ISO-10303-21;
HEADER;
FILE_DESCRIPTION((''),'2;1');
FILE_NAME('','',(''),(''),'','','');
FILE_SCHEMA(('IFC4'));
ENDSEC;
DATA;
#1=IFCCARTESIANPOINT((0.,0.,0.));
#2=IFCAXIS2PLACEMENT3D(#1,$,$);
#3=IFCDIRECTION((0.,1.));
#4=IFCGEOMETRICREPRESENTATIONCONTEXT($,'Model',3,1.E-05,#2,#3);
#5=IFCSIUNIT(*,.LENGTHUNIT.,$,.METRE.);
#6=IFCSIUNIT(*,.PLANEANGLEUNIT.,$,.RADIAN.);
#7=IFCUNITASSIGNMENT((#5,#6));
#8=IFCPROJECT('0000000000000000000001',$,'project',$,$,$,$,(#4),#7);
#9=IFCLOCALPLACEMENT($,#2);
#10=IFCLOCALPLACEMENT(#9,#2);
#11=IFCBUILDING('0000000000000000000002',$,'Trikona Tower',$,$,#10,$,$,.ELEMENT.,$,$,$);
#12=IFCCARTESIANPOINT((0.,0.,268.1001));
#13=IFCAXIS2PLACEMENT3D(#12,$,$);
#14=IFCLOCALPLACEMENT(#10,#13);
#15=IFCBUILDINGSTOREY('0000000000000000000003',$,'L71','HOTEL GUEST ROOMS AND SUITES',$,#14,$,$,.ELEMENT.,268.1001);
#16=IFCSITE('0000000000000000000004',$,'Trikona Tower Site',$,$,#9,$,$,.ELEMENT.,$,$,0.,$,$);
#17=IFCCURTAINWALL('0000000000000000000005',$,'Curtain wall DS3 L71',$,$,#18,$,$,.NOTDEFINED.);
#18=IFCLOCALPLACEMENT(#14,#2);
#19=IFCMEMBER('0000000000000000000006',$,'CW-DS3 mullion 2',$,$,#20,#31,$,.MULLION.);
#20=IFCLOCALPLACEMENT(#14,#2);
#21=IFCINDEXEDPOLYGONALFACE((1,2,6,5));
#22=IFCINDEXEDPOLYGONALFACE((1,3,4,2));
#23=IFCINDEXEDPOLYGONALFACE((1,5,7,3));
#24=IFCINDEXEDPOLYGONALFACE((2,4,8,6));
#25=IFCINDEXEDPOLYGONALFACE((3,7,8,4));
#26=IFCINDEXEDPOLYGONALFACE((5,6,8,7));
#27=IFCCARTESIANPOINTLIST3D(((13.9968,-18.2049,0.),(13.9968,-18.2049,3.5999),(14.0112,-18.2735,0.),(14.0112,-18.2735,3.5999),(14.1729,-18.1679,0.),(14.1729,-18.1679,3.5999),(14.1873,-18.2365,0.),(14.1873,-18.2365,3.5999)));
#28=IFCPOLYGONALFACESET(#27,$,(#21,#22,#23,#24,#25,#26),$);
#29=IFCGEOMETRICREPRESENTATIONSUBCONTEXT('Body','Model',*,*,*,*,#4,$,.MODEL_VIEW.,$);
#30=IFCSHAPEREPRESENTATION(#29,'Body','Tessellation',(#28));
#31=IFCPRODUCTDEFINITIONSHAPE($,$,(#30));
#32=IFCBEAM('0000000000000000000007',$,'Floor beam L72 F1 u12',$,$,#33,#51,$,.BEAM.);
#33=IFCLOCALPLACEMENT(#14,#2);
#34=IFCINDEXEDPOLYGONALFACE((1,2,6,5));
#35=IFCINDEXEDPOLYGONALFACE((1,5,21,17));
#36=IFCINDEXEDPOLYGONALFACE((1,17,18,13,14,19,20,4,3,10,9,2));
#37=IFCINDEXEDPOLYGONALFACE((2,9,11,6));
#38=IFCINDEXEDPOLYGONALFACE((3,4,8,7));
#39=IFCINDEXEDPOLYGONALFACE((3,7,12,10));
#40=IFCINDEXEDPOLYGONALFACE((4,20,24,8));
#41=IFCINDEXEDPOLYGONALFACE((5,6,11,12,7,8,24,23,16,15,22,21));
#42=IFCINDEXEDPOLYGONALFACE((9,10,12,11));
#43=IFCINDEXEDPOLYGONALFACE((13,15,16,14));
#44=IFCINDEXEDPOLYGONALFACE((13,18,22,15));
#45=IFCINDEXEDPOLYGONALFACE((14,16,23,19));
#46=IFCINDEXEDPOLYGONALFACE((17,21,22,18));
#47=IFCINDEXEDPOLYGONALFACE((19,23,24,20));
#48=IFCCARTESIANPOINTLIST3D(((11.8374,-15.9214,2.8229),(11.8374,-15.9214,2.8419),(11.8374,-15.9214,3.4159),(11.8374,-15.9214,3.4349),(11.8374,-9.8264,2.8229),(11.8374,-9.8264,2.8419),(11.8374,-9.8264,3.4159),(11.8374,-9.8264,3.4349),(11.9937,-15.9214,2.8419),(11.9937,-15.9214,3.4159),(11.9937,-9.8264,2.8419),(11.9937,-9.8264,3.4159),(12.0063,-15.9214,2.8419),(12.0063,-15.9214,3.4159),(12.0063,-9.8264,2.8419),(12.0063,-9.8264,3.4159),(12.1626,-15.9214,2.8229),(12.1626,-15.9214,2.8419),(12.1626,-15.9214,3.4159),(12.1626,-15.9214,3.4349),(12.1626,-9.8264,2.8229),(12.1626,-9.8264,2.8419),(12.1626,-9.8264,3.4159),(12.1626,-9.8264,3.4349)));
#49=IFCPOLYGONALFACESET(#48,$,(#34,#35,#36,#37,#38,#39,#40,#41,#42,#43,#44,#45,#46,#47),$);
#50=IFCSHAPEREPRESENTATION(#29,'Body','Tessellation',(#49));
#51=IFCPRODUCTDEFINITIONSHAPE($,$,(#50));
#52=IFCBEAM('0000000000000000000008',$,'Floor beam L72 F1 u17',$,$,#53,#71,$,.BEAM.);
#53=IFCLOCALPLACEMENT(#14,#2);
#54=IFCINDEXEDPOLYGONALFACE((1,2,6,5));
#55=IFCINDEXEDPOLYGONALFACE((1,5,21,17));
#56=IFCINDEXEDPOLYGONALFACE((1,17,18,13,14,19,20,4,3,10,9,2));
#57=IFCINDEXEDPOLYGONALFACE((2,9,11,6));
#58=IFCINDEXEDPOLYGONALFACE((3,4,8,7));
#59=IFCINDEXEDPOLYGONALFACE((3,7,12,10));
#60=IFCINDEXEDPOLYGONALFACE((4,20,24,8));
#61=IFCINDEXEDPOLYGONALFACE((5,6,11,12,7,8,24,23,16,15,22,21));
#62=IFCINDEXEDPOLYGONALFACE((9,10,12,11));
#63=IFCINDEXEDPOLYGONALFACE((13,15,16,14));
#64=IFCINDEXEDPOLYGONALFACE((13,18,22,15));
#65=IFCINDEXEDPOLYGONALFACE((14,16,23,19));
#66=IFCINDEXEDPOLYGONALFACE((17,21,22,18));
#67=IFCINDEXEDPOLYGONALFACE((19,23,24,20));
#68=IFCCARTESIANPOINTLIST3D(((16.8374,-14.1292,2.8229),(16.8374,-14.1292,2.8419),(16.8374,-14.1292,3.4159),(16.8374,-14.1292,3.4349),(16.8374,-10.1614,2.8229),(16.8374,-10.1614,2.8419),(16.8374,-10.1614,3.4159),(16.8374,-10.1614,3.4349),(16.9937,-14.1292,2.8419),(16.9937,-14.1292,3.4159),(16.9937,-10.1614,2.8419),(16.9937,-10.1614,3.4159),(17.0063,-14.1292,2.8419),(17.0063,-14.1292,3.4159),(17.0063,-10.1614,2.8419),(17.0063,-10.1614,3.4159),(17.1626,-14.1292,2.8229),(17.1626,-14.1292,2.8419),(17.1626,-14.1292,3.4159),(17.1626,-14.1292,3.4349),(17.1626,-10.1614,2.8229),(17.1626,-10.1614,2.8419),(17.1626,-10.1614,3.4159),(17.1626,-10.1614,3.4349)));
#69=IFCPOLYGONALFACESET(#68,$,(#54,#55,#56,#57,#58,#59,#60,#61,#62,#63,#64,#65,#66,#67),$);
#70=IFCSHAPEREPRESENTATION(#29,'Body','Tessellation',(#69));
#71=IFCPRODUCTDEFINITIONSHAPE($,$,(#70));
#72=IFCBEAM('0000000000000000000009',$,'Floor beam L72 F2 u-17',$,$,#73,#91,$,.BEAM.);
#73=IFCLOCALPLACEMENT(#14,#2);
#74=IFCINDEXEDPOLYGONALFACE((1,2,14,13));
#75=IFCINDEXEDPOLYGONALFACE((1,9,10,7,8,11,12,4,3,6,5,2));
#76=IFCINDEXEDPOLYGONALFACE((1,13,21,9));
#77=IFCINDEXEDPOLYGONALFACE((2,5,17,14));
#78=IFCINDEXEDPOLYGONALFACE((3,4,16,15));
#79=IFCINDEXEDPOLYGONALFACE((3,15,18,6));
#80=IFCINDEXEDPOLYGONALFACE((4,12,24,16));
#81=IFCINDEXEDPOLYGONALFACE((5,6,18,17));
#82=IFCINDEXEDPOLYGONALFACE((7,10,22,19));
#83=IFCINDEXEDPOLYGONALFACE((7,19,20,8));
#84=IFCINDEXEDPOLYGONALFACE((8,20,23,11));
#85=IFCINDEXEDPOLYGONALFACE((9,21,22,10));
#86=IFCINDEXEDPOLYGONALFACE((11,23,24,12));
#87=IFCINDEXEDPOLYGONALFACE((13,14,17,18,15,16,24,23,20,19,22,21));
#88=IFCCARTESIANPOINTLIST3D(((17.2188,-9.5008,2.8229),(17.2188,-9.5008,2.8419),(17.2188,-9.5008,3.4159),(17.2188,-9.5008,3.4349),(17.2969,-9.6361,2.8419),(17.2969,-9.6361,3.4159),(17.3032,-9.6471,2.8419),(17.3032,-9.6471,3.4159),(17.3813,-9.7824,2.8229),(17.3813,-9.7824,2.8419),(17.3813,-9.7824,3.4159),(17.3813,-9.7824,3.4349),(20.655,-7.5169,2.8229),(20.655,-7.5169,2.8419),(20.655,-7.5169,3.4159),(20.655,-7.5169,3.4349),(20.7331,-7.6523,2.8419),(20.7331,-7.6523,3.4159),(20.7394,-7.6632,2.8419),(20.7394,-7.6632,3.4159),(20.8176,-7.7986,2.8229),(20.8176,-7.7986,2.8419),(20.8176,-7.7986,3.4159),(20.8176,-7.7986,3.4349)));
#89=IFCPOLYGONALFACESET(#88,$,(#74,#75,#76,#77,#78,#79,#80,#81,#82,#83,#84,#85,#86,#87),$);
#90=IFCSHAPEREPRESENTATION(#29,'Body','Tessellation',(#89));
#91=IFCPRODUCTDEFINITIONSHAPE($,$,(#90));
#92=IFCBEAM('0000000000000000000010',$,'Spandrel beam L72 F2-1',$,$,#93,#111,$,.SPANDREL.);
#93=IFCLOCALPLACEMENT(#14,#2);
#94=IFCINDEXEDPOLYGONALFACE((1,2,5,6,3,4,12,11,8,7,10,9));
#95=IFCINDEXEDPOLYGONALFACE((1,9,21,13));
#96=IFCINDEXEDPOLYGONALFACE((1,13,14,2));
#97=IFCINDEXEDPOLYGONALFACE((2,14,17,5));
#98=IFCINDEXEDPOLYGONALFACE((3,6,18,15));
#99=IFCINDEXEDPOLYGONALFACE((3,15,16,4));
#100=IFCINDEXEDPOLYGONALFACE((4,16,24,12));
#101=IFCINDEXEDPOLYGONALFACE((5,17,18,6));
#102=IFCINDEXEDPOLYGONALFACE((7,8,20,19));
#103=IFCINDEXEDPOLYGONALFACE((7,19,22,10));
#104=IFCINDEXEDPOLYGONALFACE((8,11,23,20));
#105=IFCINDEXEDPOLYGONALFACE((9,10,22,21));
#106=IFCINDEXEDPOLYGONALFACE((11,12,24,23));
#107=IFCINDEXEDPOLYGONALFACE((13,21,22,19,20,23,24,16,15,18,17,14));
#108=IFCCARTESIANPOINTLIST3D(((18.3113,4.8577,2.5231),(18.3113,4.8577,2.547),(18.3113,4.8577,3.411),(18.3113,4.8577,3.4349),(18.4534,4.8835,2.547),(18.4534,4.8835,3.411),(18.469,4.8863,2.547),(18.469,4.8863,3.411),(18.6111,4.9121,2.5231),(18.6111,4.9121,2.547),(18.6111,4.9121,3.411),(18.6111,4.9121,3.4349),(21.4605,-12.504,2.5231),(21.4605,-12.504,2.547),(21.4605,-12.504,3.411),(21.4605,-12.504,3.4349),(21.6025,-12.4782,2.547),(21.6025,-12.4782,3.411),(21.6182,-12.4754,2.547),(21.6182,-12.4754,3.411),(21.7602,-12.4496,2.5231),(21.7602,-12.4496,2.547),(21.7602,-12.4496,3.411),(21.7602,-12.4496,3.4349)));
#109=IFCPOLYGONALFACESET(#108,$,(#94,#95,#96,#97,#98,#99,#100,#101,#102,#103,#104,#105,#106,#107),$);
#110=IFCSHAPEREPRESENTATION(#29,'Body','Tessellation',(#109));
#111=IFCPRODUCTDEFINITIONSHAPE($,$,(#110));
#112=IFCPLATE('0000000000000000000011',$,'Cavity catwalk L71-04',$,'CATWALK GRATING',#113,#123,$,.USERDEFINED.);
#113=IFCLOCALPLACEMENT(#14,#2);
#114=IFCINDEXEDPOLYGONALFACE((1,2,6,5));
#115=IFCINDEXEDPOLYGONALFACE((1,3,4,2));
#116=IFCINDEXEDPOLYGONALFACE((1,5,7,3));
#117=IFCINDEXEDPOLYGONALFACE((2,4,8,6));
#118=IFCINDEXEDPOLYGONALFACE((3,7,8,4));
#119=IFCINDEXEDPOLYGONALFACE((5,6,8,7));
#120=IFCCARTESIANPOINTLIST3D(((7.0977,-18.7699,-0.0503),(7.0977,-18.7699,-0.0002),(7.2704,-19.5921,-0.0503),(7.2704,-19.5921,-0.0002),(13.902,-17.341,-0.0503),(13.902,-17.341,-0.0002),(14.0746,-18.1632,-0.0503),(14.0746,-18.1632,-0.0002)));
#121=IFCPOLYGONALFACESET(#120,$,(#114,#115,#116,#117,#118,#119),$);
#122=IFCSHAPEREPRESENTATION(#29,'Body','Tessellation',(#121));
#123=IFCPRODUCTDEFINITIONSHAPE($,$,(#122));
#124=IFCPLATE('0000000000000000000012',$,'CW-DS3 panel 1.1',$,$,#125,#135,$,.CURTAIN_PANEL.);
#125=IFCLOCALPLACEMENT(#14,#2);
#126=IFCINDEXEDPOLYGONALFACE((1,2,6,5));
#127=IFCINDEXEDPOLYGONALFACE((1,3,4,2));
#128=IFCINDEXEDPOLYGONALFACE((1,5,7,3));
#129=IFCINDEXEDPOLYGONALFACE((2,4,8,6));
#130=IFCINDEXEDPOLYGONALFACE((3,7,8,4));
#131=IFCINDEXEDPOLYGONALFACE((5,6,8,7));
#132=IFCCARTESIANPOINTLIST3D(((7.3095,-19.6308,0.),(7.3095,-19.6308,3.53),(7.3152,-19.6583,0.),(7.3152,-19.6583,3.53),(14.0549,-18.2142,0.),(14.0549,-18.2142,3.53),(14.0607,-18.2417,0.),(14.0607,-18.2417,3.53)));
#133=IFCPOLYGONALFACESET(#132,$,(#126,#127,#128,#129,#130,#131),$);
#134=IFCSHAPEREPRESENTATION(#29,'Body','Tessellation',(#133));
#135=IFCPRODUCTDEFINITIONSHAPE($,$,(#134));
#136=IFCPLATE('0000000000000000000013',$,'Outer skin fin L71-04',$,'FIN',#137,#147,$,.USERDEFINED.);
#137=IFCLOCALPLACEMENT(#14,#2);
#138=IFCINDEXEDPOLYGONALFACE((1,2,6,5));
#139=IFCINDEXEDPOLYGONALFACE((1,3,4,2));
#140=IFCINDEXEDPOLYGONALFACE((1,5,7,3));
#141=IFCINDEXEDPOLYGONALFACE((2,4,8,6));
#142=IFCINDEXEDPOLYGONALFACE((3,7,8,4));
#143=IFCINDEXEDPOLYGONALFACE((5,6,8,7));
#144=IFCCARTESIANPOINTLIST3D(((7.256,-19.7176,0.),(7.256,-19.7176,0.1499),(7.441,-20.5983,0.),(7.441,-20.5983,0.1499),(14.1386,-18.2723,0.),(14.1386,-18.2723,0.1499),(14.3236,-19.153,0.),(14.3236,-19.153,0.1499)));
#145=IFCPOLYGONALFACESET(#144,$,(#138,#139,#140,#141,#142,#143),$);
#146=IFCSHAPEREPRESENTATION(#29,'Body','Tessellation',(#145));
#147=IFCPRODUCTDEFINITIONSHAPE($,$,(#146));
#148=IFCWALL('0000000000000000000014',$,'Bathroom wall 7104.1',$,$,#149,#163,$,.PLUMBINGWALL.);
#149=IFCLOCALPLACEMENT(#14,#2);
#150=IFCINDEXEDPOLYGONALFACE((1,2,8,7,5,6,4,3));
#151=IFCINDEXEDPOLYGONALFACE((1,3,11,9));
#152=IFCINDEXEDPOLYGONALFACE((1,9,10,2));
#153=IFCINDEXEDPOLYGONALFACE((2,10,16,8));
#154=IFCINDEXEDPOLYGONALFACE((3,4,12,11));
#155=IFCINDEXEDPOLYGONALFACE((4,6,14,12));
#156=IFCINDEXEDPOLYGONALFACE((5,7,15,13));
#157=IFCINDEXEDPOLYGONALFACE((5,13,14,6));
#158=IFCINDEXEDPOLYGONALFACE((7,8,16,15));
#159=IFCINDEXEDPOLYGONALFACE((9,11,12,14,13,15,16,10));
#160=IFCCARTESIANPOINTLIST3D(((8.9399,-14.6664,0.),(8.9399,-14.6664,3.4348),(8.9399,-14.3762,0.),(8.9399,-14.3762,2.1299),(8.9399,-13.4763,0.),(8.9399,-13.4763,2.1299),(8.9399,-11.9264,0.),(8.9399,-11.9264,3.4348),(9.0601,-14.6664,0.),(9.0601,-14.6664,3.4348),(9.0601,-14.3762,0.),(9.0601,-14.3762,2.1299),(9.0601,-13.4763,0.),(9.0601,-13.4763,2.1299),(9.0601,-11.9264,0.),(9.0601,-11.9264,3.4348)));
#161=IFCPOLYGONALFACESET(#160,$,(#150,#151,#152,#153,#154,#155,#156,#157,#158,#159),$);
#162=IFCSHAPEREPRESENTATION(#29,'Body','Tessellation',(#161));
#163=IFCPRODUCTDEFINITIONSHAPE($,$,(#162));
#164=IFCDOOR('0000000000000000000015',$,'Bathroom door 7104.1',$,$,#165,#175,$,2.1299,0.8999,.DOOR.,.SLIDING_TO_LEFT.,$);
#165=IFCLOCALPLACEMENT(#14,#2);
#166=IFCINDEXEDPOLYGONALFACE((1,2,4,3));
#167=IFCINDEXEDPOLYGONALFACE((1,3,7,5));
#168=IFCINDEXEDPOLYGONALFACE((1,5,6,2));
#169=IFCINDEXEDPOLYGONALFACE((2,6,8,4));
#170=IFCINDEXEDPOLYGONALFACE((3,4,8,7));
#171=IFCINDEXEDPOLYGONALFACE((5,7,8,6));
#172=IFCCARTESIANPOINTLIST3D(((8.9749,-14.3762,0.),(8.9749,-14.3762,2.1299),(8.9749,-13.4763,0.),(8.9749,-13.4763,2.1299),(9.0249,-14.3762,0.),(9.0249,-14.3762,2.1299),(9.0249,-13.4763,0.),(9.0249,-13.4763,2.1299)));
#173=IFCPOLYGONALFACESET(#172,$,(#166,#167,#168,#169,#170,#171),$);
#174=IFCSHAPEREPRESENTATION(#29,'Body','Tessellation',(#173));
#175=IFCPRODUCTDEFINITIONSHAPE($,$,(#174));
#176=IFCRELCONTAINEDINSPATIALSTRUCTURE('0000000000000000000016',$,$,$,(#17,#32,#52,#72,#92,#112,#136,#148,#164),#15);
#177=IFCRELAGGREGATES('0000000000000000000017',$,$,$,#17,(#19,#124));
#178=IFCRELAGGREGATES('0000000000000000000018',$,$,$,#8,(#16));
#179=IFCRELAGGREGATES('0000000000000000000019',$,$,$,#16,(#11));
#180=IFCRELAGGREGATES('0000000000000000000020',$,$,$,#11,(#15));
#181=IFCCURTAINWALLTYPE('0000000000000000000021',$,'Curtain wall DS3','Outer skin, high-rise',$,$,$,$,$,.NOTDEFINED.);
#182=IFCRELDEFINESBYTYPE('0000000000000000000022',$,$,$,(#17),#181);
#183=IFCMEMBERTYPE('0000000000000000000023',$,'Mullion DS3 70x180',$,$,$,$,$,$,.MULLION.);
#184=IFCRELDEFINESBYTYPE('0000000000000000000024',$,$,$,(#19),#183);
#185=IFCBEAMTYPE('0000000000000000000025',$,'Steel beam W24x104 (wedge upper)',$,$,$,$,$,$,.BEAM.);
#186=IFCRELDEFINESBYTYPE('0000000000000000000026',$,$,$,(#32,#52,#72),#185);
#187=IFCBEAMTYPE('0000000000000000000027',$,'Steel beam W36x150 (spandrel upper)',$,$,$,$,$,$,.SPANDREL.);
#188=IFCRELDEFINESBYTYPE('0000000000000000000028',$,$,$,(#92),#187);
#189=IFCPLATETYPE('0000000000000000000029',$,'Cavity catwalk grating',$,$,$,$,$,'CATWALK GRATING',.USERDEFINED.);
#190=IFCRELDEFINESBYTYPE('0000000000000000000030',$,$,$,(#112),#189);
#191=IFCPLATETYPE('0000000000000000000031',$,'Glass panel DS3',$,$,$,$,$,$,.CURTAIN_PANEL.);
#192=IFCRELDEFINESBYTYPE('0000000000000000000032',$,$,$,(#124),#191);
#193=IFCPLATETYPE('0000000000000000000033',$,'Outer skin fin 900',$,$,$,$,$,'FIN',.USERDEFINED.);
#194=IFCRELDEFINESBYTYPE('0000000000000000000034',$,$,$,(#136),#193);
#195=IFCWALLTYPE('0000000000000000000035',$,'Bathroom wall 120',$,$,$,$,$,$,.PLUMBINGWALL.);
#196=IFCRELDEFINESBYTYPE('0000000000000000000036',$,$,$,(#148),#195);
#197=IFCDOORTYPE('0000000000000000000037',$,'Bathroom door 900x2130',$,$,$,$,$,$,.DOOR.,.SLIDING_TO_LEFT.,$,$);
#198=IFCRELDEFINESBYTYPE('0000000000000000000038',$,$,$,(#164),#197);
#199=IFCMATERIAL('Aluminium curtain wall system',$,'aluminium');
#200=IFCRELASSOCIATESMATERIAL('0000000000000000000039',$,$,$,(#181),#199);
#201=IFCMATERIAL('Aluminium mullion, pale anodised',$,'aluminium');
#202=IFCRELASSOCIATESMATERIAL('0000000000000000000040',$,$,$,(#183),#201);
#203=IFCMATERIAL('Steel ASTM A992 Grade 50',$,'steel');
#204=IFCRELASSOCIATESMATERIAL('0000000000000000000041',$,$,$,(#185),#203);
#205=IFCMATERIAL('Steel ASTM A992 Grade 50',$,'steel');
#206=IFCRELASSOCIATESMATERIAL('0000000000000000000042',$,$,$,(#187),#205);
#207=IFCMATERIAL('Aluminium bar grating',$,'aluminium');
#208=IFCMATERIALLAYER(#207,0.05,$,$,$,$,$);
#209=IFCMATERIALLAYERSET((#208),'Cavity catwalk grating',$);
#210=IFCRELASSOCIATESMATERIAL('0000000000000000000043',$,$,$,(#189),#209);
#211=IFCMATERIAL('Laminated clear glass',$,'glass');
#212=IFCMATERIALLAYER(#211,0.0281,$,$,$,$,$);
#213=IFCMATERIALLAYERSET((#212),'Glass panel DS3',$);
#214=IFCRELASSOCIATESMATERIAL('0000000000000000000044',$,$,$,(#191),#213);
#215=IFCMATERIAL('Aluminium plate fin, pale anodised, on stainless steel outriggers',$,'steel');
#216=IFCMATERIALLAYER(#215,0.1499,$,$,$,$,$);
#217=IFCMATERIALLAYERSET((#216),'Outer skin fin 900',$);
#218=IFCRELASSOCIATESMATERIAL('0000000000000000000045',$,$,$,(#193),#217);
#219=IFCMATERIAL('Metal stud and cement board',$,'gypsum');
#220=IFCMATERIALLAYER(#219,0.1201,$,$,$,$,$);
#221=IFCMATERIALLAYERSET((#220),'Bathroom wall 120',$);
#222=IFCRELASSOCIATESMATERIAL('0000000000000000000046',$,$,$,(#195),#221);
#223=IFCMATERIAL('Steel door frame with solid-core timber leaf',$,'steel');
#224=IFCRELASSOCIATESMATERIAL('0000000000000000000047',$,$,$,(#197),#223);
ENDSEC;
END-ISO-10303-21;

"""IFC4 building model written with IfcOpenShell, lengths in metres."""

from ifc_helpers import new_model, si_unit, direction, frame, frame_2d, origin, origin_2d, place, context, subcontext, project, spatial, rectangle, i_section, extrude, material, layer, layer_set, material_profile, profile_set, type_object, element, fill, aggregate, save


model = new_model("IFC4")

# Units and contexts
model_context = context("Model", 3, precision=1e-05, world=origin(), true_north=direction((0.0, 1.0)))
body_context = subcontext(model_context, "Body", "Model", "MODEL_VIEW")
ifc_project = project(units=[si_unit("LENGTHUNIT", "METRE"), si_unit("PLANEANGLEUNIT", "RADIAN")], contexts=[model_context])

# Site, building, storey
site_placement = place(None, origin())
site = spatial("IfcSite", under=ifc_project, at=site_placement, Name="Trikona Tower Site", CompositionType="ELEMENT", RefElevation=0.0)
building_placement = place(site_placement, origin())
building = spatial("IfcBuilding", under=site, at=building_placement, Name="Trikona Tower", CompositionType="ELEMENT")
storey_placement = place(building_placement, frame((0.0, 0.0, 268.1001)))
storey = spatial("IfcBuildingStorey", under=building, at=storey_placement, Name="L71", Description="HOTEL GUEST ROOMS AND SUITES", CompositionType="ELEMENT", Elevation=268.1001)

# Curtain wall, member
ifc_material_1 = material(Name="Aluminium curtain wall system", Category="aluminium")
curtain_wall_type = type_object("IfcCurtainWallType", Name="Curtain wall DS3", Description="Outer skin, high-rise", PredefinedType="NOTDEFINED", material=ifc_material_1)
curtain_wall_placement = place(storey_placement, origin())
curtain_wall = element("IfcCurtainWall", 1, at=curtain_wall_placement, inside=storey, type_object=curtain_wall_type, Name="Curtain wall DS3 L71", PredefinedType="NOTDEFINED")
ifc_material_2 = material(Name="Aluminium mullion, pale anodised", Category="aluminium")
ifc_material_profile_1 = material_profile(ifc_material_2, rectangle(XDim=0.0701, YDim=0.1799, at=origin_2d()), Name="MUL-DS3")
ifc_profile_set_1 = profile_set([ifc_material_profile_1], Name="Aluminium mullion, pale anodised")
member_type = type_object("IfcMemberType", Name="Mullion DS3 70x180", PredefinedType="MULLION", material=ifc_profile_set_1)
member_placement = place(storey_placement, frame((14.092, -18.2207, 0.0), z_axis=(0.0, 0.0, 1.0), x_axis=(-0.205527, 0.978651, 0.0)))
member = element("IfcMember", 2, at=member_placement, type_object=member_type, Name="CW-DS3 mullion 2", PredefinedType="MULLION", context=body_context, shape_type="SweptSolid", body=[
    extrude(rectangle(XDim=0.0701, YDim=0.1799, at=origin_2d()), origin(), (0.0, 0.0, 1.0), 3.5999),
])

# Beams
ifc_material_3 = material(Name="Steel ASTM A992 Grade 50", Category="steel")
ifc_material_profile_2 = material_profile(ifc_material_3, i_section(OverallWidth=0.3252, OverallDepth=0.6121, WebThickness=0.0127, FlangeThickness=0.019, at=origin_2d()), Name="W24X104")
ifc_profile_set_2 = profile_set([ifc_material_profile_2], Name="Steel ASTM A992 Grade 50")
beam_type_1 = type_object("IfcBeamType", Name="Steel beam W24x104 (wedge upper)", PredefinedType="BEAM", material=ifc_profile_set_2)
beam_1_placement = place(storey_placement, frame((12.0, -9.8264, 3.1289), z_axis=(0.0, -1.0, 0.0), x_axis=(1.0, 0.0, 0.0)))
element("IfcBeam", 3, at=beam_1_placement, inside=storey, type_object=beam_type_1, Name="Floor beam L72 F1 u12", PredefinedType="BEAM", context=body_context, shape_type="SweptSolid", body=[
    extrude(i_section(OverallWidth=0.3252, OverallDepth=0.6121, WebThickness=0.0127, FlangeThickness=0.019, at=origin_2d()), origin(), (0.0, 0.0, 1.0), 6.095),
])
for number, where, z_axis, x_axis, name in (
    (4, (17.0, -10.1614, 3.1289), (0.0, -1.0, 0.0), (1.0, 0.0, 0.0), "Floor beam L72 F1 u17"),
    (5, (17.3, -9.6416, 3.1289), (0.866031, 0.499991, 0.0), (-0.499991, 0.866031, 0.0), "Floor beam L72 F2 u-17"),
):
    element("IfcBeam", number, at=place(storey_placement, frame(where, z_axis=z_axis, x_axis=x_axis)), inside=storey, type_object=beam_type_1, Name=name, PredefinedType="BEAM", context=body_context, shape_type="SweptSolid", body=[
        extrude(i_section(OverallWidth=0.3252, OverallDepth=0.6121, WebThickness=0.0127, FlangeThickness=0.019, at=origin_2d()), origin(), (0.0, 0.0, 1.0), 3.9678),
    ])
ifc_material_4 = material(Name="Steel ASTM A992 Grade 50", Category="steel")
ifc_material_profile_3 = material_profile(ifc_material_4, i_section(OverallWidth=0.3047, OverallDepth=0.9119, WebThickness=0.0159, FlangeThickness=0.0239, at=origin_2d()), Name="W36X150")
ifc_profile_set_3 = profile_set([ifc_material_profile_3], Name="Steel ASTM A992 Grade 50")
beam_type_2 = type_object("IfcBeamType", Name="Steel beam W36x150 (spandrel upper)", PredefinedType="SPANDREL", material=ifc_profile_set_3)
beam_2_placement = place(storey_placement, frame((21.6104, -12.4768, 2.979), z_axis=(-0.178473, 0.983945, 0.0), x_axis=(-0.983945, -0.178473, 0.0)))
element("IfcBeam", 6, at=beam_2_placement, inside=storey, type_object=beam_type_2, Name="Spandrel beam L72 F2-1", PredefinedType="SPANDREL", context=body_context, shape_type="SweptSolid", body=[
    extrude(i_section(OverallWidth=0.3047, OverallDepth=0.9119, WebThickness=0.0159, FlangeThickness=0.0239, at=origin_2d()), origin(), (0.0, 0.0, 1.0), 17.645),
])

# Plates
ifc_material_5 = material(Name="Aluminium bar grating", Category="aluminium")
ifc_layer_1 = layer(ifc_material_5, 0.05)
ifc_layer_set_1 = layer_set([ifc_layer_1], Name="Cavity catwalk grating")
plate_type_1 = type_object("IfcPlateType", Name="Cavity catwalk grating", ElementType="CATWALK GRATING", PredefinedType="USERDEFINED", material=ifc_layer_set_1)
plate_1_placement = place(storey_placement, frame((10.5862, -18.4666, -0.0503), z_axis=(0.0, 0.0, 1.0), x_axis=(0.978653, 0.205518, 0.0)))
element("IfcPlate", 7, at=plate_1_placement, inside=storey, type_object=plate_type_1, Name="Cavity catwalk L71-04", ObjectType="CATWALK GRATING", PredefinedType="USERDEFINED", context=body_context, shape_type="SweptSolid", body=[
    extrude(rectangle(XDim=6.9526, YDim=0.8401, at=origin_2d()), origin(), (0.0, 0.0, 1.0), 0.05),
])
ifc_material_6 = material(Name="Laminated clear glass", Category="glass")
ifc_layer_2 = layer(ifc_material_6, 0.0281)
ifc_layer_set_2 = layer_set([ifc_layer_2], Name="Glass panel DS3")
plate_type_2 = type_object("IfcPlateType", Name="Glass panel DS3", PredefinedType="CURTAIN_PANEL", material=ifc_layer_set_2)
plate_2_placement = place(storey_placement, frame((10.6851, -18.9363, 0.0), z_axis=(0.0, 0.0, 1.0), x_axis=(0.978651, 0.205527, 0.0)))
plate_2 = element("IfcPlate", 8, at=plate_2_placement, type_object=plate_type_2, Name="CW-DS3 panel 1.1", PredefinedType="CURTAIN_PANEL", context=body_context, shape_type="SweptSolid", body=[
    extrude(rectangle(XDim=6.8926, YDim=0.0281, at=origin_2d()), origin(), (0.0, 0.0, 1.0), 3.53),
])
aggregate(curtain_wall, [member, plate_2])
ifc_material_7 = material(Name="Aluminium plate fin, pale anodised, on stainless steel outriggers", Category="steel")
ifc_layer_3 = layer(ifc_material_7, 0.1499)
ifc_layer_set_3 = layer_set([ifc_layer_3], Name="Outer skin fin 900")
plate_type_3 = type_object("IfcPlateType", Name="Outer skin fin 900", ElementType="FIN", PredefinedType="USERDEFINED", material=ifc_layer_set_3)
plate_3_placement = place(storey_placement, frame((10.7898, -19.4353, 0.0), z_axis=(0.0, 0.0, 1.0), x_axis=(0.978653, 0.205518, 0.0)))
element("IfcPlate", 9, at=plate_3_placement, inside=storey, type_object=plate_type_3, Name="Outer skin fin L71-04", ObjectType="FIN", PredefinedType="USERDEFINED", context=body_context, shape_type="SweptSolid", body=[
    extrude(rectangle(XDim=7.0327, YDim=0.8999, at=origin_2d()), origin(), (0.0, 0.0, 1.0), 0.1499),
])

# Wall, opening, door
ifc_material_8 = material(Name="Metal stud and cement board", Category="gypsum")
ifc_layer_4 = layer(ifc_material_8, 0.1201)
ifc_layer_set_4 = layer_set([ifc_layer_4], Name="Bathroom wall 120")
wall_type_1 = type_object("IfcWallType", Name="Bathroom wall 120", PredefinedType="PLUMBINGWALL", material=ifc_layer_set_4)
wall_1_placement = place(storey_placement, frame((9.0, -11.9263, 0.0), z_axis=(0.0, 0.0, 1.0), x_axis=(0.0, -1.0, 0.0)))
wall_1 = element("IfcWall", 10, at=wall_1_placement, inside=storey, type_object=wall_type_1, Name="Bathroom wall 7104.1", PredefinedType="PLUMBINGWALL", context=body_context, shape_type="SweptSolid", body=[
    extrude(rectangle(XDim=2.74, YDim=0.1201, at=frame_2d((1.3701, 0.0))), origin(), (0.0, 0.0, 1.0), 3.4348),
])
opening_1_placement = place(wall_1_placement, frame((1.55, 0.0, 0.0)))
opening_1 = element("IfcOpeningElement", 11, at=opening_1_placement, cuts=wall_1, PredefinedType="OPENING", context=body_context, shape_type="SweptSolid", body=[
    extrude(rectangle(XDim=0.8999, YDim=2.1299, at=frame_2d((0.45, 1.0649))), frame((0.0, 0.0701, 0.0), z_axis=(0.0, -1.0, 0.0), x_axis=(1.0, 0.0, 0.0)), (0.0, 0.0, 1.0), 0.1401),
])
ifc_material_9 = material(Name="Steel door frame with solid-core timber leaf", Category="steel")
door_type_1 = type_object("IfcDoorType", Name="Bathroom door 900x2130", OperationType="SLIDING_TO_LEFT", PredefinedType="DOOR", material=ifc_material_9)
door_1_placement = place(opening_1_placement, origin())
door_1 = element("IfcDoor", 12, at=door_1_placement, inside=storey, type_object=door_type_1, Name="Bathroom door 7104.1", OperationType="SLIDING_TO_LEFT", OverallHeight=2.1299, OverallWidth=0.8999, PredefinedType="DOOR", context=body_context, shape_type="SweptSolid", body=[
    extrude(rectangle(XDim=0.8999, YDim=2.1299, at=frame_2d((0.45, 1.0649))), frame((0.0, 0.0249, 0.0), z_axis=(0.0, -1.0, 0.0), x_axis=(1.0, 0.0, 0.0)), (0.0, 0.0, 1.0), 0.05),
])
fill(opening_1, door_1)

save(model, "model.ifc")
